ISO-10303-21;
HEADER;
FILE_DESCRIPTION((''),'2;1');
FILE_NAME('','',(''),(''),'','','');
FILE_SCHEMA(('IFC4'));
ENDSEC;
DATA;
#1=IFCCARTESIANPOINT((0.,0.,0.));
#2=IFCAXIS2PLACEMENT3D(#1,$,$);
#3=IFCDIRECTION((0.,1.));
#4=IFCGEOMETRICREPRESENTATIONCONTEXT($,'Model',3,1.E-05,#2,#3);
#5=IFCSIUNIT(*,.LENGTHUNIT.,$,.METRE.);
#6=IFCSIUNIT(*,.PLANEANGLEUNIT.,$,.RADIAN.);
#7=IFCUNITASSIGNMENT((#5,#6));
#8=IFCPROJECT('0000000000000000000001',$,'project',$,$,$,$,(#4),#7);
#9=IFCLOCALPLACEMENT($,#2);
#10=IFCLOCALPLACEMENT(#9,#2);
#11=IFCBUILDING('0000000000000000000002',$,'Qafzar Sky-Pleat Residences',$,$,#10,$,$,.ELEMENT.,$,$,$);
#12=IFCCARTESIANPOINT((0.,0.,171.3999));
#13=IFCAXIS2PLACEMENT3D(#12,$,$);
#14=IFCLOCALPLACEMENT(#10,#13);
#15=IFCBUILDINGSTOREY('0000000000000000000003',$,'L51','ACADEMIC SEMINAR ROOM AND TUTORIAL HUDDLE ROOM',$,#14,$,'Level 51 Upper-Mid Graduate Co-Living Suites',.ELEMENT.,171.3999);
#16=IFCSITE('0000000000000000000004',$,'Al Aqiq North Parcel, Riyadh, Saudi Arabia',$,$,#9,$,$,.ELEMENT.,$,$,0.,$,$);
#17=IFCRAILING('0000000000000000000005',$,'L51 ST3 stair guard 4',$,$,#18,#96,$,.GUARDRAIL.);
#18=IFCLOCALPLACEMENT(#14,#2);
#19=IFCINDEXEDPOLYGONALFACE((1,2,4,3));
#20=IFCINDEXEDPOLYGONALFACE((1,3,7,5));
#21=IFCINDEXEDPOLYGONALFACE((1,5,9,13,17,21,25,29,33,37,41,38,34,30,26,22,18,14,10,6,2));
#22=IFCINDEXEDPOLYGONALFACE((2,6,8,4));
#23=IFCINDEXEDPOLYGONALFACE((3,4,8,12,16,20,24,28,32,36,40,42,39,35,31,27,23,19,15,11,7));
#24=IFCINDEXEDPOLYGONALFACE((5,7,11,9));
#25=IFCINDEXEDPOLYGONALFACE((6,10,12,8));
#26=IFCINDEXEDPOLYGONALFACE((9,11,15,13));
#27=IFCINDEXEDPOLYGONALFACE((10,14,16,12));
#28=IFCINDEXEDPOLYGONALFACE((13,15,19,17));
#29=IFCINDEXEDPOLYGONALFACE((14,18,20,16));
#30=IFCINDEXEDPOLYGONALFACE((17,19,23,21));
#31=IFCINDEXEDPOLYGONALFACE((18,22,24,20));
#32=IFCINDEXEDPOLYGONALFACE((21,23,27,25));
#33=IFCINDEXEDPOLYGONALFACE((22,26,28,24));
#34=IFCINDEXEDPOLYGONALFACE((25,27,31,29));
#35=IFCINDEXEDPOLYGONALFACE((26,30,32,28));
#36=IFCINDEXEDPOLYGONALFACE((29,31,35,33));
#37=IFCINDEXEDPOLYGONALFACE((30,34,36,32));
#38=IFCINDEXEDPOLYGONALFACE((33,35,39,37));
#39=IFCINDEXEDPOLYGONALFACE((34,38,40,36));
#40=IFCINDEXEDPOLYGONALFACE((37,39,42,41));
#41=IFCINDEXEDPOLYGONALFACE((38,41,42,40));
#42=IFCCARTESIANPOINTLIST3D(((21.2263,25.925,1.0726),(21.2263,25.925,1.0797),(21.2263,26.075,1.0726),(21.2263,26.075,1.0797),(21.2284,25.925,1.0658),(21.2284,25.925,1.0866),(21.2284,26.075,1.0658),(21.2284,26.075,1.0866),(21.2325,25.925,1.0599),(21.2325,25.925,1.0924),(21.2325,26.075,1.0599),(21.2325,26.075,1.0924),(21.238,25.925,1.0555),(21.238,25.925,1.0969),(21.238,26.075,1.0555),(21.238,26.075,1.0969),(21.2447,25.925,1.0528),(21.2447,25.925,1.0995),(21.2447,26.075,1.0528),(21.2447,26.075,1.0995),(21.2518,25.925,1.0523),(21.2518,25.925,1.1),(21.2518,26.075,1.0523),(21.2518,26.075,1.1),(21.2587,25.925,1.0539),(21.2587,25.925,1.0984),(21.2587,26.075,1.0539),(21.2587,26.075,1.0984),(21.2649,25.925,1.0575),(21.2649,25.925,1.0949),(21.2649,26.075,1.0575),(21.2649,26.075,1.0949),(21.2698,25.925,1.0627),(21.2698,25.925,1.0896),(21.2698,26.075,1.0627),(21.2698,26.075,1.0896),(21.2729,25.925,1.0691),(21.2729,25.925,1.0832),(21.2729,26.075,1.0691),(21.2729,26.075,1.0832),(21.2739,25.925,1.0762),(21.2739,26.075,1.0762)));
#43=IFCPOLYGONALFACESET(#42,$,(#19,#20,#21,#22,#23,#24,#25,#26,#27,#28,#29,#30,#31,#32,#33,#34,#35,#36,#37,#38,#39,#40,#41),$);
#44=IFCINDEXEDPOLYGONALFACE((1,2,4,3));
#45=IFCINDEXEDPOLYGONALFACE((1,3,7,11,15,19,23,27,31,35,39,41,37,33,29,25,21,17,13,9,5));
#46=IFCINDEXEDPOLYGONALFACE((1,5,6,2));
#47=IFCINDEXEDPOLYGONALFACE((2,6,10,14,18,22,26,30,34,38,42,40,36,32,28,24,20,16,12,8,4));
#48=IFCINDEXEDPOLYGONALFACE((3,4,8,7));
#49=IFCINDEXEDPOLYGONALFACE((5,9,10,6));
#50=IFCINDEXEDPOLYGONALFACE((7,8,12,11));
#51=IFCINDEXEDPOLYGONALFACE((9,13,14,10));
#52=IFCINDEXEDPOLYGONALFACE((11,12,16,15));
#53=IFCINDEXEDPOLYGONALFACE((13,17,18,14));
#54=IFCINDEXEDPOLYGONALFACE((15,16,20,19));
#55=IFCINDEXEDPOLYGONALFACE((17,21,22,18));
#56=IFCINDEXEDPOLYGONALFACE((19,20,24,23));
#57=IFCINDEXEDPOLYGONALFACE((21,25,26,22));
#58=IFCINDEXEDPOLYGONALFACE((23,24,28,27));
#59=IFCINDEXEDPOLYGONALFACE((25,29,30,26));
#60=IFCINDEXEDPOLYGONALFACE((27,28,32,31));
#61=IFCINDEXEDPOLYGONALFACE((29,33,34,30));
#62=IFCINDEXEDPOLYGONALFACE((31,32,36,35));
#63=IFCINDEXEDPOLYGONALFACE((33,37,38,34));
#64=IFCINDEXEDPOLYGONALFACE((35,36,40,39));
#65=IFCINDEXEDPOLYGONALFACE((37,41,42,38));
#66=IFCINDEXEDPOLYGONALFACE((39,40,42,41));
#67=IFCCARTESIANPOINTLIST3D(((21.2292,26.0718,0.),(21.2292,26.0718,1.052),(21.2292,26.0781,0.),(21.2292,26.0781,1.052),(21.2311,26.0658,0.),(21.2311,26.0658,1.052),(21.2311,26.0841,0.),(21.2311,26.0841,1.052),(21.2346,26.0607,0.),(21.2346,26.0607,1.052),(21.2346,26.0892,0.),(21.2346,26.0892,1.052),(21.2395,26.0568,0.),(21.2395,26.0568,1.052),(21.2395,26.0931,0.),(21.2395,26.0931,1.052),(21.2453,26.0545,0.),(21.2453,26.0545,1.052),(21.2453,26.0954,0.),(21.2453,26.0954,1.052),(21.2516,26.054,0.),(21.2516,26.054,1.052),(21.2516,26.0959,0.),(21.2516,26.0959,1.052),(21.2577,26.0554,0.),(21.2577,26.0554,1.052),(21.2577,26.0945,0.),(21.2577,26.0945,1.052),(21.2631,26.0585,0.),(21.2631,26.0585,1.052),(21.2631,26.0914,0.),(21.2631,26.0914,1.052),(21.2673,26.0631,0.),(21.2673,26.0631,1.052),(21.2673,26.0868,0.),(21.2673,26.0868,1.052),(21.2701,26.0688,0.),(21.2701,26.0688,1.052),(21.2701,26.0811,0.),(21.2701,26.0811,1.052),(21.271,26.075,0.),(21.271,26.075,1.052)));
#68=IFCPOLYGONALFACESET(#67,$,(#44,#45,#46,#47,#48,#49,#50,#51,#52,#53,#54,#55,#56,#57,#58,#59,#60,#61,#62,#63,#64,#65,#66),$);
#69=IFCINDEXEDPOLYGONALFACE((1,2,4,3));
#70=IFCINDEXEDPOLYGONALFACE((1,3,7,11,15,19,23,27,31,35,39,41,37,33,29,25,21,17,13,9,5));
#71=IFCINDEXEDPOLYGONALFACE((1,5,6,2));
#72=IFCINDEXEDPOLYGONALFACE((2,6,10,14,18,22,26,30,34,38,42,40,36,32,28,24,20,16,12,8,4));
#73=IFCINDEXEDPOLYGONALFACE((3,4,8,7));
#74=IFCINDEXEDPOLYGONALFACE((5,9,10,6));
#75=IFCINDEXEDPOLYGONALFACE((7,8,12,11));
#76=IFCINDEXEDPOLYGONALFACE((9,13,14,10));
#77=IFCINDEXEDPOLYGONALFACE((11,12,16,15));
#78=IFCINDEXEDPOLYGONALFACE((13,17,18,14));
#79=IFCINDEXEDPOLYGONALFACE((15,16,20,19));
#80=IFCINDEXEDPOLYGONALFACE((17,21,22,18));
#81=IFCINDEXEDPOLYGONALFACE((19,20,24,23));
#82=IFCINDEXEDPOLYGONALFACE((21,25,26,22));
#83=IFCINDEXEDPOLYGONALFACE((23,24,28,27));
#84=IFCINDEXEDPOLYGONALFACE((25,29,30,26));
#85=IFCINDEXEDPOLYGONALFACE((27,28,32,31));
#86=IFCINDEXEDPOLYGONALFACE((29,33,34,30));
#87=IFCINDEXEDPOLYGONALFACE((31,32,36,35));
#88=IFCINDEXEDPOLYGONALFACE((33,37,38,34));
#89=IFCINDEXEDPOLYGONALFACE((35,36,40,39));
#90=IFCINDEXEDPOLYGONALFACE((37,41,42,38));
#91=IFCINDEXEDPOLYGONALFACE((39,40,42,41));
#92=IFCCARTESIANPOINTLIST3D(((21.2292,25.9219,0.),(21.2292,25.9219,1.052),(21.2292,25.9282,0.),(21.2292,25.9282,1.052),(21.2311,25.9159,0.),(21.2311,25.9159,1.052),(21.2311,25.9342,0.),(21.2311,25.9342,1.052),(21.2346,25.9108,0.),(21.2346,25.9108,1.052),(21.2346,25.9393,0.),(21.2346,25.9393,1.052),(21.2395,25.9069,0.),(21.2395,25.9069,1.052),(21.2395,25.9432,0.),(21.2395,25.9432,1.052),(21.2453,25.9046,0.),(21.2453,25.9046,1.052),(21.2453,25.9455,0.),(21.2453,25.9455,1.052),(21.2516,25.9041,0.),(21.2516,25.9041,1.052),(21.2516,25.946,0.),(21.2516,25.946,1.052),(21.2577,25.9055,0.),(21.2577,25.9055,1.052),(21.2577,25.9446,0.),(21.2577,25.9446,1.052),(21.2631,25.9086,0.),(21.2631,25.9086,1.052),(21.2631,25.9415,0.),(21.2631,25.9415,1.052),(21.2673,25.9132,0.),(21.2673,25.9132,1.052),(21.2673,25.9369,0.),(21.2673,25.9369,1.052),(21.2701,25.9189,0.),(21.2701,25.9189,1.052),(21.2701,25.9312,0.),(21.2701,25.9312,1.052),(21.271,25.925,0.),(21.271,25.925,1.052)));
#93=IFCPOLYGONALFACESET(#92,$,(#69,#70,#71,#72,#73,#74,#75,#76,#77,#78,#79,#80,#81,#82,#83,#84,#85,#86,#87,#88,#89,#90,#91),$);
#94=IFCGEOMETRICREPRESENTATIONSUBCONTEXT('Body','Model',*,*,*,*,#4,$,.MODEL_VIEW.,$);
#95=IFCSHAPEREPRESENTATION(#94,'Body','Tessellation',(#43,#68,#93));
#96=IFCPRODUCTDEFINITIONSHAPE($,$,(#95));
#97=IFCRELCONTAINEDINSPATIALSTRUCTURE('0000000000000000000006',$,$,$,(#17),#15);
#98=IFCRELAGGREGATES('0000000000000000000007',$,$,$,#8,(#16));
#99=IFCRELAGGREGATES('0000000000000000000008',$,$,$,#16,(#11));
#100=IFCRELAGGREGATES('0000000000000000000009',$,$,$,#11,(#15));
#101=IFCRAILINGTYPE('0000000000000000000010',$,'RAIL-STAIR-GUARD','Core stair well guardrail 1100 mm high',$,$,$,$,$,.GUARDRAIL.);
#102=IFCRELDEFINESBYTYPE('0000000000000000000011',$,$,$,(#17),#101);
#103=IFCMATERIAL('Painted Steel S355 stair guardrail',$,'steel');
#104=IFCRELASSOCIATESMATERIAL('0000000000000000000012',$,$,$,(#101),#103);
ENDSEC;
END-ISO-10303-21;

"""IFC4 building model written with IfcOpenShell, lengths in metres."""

from ifc_helpers import new_model, si_unit, direction, frame, origin, origin_2d, place, context, subcontext, project, spatial, circle, extrude, source, transform, mapped, material, type_object, element, save


model = new_model("IFC4")

# Units and contexts
model_context = context("Model", 3, precision=1e-05, world=origin(), true_north=direction((0.0, 1.0)))
body_context = subcontext(model_context, "Body", "Model", "MODEL_VIEW")
ifc_project = project(units=[si_unit("LENGTHUNIT", "METRE"), si_unit("PLANEANGLEUNIT", "RADIAN")], contexts=[model_context])

# Site, building, storey
site_placement = place(None, origin())
site = spatial("IfcSite", under=ifc_project, at=site_placement, Name="Al Aqiq North Parcel, Riyadh, Saudi Arabia", CompositionType="ELEMENT", RefElevation=0.0)
building_placement = place(site_placement, origin())
building = spatial("IfcBuilding", under=site, at=building_placement, Name="Qafzar Sky-Pleat Residences", CompositionType="ELEMENT")
storey_placement = place(building_placement, frame((0.0, 0.0, 171.3999)))
storey = spatial("IfcBuildingStorey", under=building, at=storey_placement, Name="L51", Description="ACADEMIC SEMINAR ROOM AND TUTORIAL HUDDLE ROOM", LongName="Level 51 Upper-Mid Graduate Co-Living Suites", CompositionType="ELEMENT", Elevation=171.3999)

# Railing
ifc_material_1 = material(Name="Painted Steel S355 stair guardrail", Category="steel")
railing_type_1 = type_object("IfcRailingType", Name="RAIL-STAIR-GUARD", Description="Core stair well guardrail 1100 mm high", PredefinedType="GUARDRAIL", material=ifc_material_1)
shared_shape_1 = source(origin(), body_context, "Body", "SweptSolid", [
    extrude(circle(Radius=0.0239, at=origin_2d()), frame((0.0, 0.0, 1.0762), z_axis=(0.0, -1.0, 0.0), x_axis=(1.0, 0.0, 0.0)), (0.0, 0.0, 1.0), 0.1499),
    extrude(circle(Radius=0.021, at=origin_2d()), origin(), (0.0, 0.0, 1.0), 1.052),
    extrude(circle(Radius=0.021, at=origin_2d()), frame((0.0, -0.1499, 0.0)), (0.0, 0.0, 1.0), 1.052),
])
for number, where, name in (
    (1, (21.25, 26.075, 0.0), "L51 ST3 stair guard 4"),
):
    element("IfcRailing", number, at=place(storey_placement, frame(where)), inside=storey, type_object=railing_type_1, Name=name, PredefinedType="GUARDRAIL", context=body_context, shape_type="MappedRepresentation", body=[
        mapped(shared_shape_1, transform((0.0, 0.0, 0.0), x_axis=(1.0, 0.0, 0.0), y_axis=(0.0, 1.0, 0.0), z_axis=(0.0, 0.0, 1.0), scale=1.0)),
    ])

save(model, "model.ifc")
